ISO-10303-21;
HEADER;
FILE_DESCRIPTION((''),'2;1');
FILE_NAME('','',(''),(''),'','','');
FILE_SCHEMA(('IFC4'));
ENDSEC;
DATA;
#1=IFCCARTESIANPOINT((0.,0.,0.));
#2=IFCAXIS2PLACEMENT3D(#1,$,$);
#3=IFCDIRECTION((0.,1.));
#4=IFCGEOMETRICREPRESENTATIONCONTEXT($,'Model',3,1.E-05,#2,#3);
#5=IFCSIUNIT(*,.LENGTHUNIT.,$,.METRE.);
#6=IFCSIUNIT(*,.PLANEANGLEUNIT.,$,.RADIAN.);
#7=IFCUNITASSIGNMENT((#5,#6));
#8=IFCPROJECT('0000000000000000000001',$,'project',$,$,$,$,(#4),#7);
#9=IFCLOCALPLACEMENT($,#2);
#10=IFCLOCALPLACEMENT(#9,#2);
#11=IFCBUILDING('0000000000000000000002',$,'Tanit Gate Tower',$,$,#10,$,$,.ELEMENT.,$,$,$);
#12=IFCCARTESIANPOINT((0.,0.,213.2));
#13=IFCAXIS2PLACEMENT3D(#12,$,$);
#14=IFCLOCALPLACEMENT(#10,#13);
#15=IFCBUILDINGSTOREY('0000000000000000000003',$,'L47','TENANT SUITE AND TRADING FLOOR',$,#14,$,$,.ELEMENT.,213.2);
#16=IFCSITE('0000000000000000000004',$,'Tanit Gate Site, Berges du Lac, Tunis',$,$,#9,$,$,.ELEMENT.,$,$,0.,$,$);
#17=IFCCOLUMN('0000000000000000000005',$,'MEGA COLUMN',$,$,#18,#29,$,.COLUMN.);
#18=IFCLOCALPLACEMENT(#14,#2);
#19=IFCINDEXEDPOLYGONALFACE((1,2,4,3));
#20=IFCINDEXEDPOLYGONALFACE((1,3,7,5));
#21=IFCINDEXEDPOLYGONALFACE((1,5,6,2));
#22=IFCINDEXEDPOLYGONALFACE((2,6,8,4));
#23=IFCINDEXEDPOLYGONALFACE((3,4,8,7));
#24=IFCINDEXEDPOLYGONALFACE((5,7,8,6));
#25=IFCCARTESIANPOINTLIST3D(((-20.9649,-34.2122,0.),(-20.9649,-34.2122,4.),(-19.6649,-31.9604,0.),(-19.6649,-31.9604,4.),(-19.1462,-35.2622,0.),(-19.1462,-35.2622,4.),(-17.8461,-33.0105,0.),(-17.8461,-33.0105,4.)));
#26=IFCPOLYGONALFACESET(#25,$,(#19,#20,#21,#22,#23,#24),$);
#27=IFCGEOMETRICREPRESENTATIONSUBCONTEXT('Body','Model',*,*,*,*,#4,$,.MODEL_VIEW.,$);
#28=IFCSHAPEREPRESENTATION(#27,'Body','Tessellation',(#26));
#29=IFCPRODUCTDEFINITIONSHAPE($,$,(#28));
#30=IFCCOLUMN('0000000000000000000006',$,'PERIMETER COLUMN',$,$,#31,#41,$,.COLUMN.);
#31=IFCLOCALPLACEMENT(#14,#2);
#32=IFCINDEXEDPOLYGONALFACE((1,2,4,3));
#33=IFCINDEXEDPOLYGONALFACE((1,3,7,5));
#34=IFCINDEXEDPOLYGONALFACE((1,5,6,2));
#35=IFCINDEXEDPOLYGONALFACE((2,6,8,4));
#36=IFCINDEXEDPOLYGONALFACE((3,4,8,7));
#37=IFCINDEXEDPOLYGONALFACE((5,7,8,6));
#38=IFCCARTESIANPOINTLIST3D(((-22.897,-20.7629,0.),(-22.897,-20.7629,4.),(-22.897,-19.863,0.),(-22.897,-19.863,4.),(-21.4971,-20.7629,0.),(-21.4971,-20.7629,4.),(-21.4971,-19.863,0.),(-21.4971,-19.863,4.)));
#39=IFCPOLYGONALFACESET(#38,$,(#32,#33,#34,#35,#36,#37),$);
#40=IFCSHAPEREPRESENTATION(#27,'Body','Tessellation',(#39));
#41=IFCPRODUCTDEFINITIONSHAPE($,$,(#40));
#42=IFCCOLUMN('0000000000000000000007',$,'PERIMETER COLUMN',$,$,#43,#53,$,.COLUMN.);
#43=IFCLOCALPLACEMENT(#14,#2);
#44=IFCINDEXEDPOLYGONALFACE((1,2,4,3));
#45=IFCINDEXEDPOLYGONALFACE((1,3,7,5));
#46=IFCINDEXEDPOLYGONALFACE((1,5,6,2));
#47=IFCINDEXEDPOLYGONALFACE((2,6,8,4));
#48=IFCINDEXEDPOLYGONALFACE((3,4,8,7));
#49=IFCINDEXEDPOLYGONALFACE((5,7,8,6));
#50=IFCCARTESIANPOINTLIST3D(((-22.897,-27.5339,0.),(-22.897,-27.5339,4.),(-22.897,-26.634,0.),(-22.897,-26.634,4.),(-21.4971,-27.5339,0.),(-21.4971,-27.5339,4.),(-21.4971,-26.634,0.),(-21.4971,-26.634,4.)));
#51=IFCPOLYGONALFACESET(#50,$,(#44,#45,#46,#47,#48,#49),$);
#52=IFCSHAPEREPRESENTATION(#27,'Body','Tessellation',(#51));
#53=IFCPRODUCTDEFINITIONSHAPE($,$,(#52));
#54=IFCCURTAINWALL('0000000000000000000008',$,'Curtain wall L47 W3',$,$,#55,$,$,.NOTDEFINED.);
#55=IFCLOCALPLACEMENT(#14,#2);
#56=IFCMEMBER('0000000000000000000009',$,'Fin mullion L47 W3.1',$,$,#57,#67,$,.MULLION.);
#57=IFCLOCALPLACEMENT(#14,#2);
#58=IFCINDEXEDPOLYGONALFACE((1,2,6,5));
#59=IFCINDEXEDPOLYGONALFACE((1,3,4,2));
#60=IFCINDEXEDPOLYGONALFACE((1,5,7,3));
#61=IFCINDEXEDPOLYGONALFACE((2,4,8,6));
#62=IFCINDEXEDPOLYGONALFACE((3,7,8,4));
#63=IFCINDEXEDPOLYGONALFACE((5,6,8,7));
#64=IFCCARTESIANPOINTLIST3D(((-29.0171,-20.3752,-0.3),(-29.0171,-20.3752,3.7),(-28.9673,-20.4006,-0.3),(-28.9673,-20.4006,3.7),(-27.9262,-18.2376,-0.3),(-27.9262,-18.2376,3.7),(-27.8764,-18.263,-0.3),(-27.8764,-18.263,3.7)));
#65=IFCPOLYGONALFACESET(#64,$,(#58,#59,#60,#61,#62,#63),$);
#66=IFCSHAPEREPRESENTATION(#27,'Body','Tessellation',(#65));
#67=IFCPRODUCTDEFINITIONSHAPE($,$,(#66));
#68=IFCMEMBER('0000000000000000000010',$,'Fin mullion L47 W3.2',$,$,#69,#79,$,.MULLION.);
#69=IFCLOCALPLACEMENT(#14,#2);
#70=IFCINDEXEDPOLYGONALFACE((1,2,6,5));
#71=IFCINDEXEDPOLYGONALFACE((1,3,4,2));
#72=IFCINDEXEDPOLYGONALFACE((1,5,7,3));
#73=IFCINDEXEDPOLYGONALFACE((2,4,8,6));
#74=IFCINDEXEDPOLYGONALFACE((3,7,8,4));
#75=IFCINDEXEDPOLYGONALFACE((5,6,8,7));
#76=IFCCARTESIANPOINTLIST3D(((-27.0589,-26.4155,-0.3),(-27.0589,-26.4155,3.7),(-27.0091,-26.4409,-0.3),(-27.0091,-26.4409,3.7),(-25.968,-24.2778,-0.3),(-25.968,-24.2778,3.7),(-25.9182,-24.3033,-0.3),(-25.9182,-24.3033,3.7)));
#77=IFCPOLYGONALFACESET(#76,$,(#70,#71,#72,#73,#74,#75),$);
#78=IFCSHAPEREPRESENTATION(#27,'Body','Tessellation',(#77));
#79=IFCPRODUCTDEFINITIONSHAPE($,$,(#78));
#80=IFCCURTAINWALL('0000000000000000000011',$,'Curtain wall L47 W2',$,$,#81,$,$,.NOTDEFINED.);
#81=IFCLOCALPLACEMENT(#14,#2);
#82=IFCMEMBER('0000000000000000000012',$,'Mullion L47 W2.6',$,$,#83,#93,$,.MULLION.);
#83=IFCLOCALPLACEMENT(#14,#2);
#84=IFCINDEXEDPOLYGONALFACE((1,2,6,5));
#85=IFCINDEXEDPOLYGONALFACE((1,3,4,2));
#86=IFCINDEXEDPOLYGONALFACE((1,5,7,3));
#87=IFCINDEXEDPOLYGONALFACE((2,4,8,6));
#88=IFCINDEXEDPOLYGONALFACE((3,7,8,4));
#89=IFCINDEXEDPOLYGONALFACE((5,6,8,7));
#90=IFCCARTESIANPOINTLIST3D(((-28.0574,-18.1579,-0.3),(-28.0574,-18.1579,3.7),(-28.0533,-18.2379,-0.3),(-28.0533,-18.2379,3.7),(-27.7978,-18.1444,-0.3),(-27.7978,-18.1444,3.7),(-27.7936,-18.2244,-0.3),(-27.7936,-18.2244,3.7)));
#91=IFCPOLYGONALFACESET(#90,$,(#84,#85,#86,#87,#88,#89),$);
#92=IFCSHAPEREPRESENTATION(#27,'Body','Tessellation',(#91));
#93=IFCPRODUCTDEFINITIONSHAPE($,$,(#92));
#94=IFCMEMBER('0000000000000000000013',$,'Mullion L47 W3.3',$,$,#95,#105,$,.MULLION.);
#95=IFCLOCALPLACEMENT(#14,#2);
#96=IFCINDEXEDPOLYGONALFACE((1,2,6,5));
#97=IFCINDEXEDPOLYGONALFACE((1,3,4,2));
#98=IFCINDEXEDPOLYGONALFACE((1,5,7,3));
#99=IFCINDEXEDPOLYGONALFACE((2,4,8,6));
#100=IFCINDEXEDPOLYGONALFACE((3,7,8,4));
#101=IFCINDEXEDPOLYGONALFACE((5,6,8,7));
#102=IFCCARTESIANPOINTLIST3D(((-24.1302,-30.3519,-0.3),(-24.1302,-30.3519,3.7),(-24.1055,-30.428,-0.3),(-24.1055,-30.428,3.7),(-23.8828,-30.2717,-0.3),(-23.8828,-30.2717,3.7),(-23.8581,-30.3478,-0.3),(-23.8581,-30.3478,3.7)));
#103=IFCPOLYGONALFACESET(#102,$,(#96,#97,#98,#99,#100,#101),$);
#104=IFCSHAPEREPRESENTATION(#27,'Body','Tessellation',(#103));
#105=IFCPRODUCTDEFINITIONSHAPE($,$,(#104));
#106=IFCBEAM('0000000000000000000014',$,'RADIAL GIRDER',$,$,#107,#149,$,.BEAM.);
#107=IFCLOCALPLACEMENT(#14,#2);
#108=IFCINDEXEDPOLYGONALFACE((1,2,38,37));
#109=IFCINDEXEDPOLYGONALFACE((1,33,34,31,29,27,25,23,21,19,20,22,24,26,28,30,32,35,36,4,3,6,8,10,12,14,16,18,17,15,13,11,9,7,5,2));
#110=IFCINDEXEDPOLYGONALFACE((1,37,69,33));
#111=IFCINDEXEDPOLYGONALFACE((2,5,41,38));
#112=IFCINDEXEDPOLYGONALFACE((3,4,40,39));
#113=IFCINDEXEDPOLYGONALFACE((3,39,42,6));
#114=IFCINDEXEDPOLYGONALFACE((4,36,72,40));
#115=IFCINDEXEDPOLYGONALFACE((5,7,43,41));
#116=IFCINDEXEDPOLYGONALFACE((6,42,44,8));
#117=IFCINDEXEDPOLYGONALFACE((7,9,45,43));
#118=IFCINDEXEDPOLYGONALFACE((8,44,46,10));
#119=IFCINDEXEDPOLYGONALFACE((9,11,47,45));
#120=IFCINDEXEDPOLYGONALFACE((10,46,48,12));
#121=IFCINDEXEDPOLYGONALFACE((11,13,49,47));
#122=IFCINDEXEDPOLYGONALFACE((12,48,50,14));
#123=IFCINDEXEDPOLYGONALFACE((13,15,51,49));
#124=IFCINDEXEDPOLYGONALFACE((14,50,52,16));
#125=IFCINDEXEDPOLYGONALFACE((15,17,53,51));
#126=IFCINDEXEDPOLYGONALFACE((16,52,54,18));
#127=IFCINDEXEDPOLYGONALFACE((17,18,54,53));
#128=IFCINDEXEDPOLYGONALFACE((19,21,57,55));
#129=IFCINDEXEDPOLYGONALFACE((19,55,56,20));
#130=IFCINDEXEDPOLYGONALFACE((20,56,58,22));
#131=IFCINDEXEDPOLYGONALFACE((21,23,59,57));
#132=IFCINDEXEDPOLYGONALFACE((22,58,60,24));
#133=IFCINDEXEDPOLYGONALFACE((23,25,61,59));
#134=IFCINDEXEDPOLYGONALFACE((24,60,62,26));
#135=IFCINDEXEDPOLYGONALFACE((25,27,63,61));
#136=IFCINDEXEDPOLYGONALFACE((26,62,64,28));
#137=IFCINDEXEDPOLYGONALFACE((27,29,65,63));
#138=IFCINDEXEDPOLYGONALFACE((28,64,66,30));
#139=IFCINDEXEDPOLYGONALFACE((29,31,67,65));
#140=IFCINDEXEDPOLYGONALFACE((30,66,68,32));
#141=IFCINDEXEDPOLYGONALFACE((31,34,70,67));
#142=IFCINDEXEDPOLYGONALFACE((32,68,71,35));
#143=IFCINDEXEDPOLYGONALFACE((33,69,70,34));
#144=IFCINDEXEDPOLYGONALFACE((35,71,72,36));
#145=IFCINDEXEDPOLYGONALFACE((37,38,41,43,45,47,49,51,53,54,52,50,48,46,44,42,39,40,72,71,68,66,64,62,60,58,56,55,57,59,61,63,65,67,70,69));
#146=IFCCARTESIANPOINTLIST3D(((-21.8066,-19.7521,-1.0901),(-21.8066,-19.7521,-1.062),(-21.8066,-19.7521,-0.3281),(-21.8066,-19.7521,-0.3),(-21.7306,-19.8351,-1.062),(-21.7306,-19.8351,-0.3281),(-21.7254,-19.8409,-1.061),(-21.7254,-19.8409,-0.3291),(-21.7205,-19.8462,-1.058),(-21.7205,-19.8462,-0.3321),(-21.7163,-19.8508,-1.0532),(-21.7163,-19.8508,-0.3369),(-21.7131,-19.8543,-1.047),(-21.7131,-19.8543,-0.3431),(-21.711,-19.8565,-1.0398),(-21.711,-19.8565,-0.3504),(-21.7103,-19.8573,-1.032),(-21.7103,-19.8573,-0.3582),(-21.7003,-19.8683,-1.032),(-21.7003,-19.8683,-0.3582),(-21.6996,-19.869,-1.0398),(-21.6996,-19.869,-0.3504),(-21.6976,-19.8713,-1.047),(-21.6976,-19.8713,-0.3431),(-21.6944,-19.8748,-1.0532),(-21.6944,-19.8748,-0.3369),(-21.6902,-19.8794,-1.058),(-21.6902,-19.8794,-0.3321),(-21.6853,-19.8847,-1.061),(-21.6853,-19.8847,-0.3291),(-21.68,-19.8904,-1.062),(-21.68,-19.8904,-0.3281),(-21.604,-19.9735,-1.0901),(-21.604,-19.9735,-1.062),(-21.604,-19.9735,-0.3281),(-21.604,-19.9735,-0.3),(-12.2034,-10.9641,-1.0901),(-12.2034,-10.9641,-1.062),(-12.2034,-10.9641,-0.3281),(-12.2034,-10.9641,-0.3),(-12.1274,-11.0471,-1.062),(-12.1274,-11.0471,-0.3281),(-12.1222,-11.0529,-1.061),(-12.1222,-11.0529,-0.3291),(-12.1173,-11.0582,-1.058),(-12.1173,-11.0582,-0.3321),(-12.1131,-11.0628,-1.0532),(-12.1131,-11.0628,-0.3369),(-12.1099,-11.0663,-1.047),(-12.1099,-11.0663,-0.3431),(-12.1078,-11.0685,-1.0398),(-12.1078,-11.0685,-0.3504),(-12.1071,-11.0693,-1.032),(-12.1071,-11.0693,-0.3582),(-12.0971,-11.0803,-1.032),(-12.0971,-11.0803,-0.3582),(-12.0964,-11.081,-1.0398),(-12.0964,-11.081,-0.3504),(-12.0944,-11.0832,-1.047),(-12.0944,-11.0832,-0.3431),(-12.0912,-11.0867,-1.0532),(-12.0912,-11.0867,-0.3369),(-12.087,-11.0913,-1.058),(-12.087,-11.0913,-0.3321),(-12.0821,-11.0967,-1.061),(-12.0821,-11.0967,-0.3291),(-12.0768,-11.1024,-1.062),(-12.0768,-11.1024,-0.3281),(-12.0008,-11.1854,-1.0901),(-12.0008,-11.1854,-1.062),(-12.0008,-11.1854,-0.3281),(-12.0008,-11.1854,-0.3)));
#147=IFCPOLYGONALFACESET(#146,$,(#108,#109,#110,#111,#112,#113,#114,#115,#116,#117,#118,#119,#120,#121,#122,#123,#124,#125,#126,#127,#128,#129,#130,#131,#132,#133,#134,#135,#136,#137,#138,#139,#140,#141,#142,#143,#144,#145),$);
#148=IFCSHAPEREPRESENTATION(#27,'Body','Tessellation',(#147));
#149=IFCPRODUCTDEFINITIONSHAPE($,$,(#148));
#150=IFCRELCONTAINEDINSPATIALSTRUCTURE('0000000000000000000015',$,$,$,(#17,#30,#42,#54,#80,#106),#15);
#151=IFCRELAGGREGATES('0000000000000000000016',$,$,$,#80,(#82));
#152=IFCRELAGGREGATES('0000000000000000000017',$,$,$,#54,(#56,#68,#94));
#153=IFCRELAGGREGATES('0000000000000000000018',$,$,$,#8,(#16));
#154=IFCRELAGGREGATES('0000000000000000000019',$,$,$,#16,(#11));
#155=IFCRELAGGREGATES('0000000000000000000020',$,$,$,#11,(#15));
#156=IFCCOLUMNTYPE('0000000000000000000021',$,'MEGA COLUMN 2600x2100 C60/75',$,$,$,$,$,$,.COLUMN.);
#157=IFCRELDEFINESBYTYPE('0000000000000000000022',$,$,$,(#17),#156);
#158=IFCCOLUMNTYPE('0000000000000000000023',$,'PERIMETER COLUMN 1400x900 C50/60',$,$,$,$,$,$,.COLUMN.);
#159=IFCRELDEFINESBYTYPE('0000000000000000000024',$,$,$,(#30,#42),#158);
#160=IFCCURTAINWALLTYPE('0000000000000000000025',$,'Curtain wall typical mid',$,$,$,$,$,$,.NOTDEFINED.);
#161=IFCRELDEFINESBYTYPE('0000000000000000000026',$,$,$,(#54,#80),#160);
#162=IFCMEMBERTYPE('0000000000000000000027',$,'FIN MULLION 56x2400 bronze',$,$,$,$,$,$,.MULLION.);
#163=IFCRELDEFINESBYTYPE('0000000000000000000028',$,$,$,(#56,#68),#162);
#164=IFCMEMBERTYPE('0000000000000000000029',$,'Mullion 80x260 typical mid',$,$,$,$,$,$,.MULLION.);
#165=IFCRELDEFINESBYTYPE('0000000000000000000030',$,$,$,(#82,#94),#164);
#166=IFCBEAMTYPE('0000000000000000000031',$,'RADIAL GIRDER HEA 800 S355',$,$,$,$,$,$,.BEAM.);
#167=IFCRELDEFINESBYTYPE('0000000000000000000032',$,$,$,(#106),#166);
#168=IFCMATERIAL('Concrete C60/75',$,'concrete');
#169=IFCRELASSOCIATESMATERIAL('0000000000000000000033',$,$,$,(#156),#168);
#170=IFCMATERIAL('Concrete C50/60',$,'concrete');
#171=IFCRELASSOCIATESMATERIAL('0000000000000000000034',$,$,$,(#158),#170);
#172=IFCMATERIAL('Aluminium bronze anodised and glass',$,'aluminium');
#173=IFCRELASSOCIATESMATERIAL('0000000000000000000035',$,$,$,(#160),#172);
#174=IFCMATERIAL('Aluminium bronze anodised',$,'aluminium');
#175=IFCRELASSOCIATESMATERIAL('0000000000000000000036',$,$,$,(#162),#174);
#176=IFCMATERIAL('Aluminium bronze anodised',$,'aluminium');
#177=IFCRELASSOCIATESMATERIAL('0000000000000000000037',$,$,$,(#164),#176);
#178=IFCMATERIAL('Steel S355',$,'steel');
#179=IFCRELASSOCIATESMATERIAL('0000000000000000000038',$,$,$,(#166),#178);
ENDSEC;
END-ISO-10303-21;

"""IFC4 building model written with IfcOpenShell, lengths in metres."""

from ifc_helpers import new_model, si_unit, direction, frame, origin, origin_2d, place, context, subcontext, project, spatial, rectangle, i_section, extrude, material, material_profile, profile_set, type_object, element, aggregate, save


model = new_model("IFC4")

# Units and contexts
model_context = context("Model", 3, precision=1e-05, world=origin(), true_north=direction((0.0, 1.0)))
body_context = subcontext(model_context, "Body", "Model", "MODEL_VIEW")
ifc_project = project(units=[si_unit("LENGTHUNIT", "METRE"), si_unit("PLANEANGLEUNIT", "RADIAN")], contexts=[model_context])

# Site, building, storey
site_placement = place(None, origin())
site = spatial("IfcSite", under=ifc_project, at=site_placement, Name="Tanit Gate Site, Berges du Lac, Tunis", CompositionType="ELEMENT", RefElevation=0.0)
building_placement = place(site_placement, origin())
building = spatial("IfcBuilding", under=site, at=building_placement, Name="Tanit Gate Tower", CompositionType="ELEMENT")
storey_placement = place(building_placement, frame((0.0, 0.0, 213.2)))
storey = spatial("IfcBuildingStorey", under=building, at=storey_placement, Name="L47", Description="TENANT SUITE AND TRADING FLOOR", CompositionType="ELEMENT", Elevation=213.2)

# Columns
ifc_material_1 = material(Name="Concrete C60/75", Category="concrete")
ifc_material_profile_1 = material_profile(ifc_material_1, rectangle(XDim=2.6001, YDim=2.1001, at=origin_2d()), Name="RC 2600x2100")
ifc_profile_set_1 = profile_set([ifc_material_profile_1], Name="Concrete C60/75")
column_type_1 = type_object("IfcColumnType", Name="MEGA COLUMN 2600x2100 C60/75", PredefinedType="COLUMN", material=ifc_profile_set_1)
column_placement = place(storey_placement, frame((-19.4055, -33.6113, 0.0), z_axis=(0.0, 0.0, 1.0), x_axis=(-0.5, -0.866025, 0.0)))
element("IfcColumn", 1, at=column_placement, inside=storey, type_object=column_type_1, Name="MEGA COLUMN", PredefinedType="COLUMN", context=body_context, shape_type="SweptSolid", body=[
    extrude(rectangle(XDim=2.6001, YDim=2.1001, at=origin_2d()), origin(), (0.0, 0.0, 1.0), 4.0),
])
ifc_material_2 = material(Name="Concrete C50/60", Category="concrete")
ifc_material_profile_2 = material_profile(ifc_material_2, rectangle(XDim=1.3999, YDim=0.8999, at=origin_2d()), Name="RC 1400x900")
ifc_profile_set_2 = profile_set([ifc_material_profile_2], Name="Concrete C50/60")
column_type_2 = type_object("IfcColumnType", Name="PERIMETER COLUMN 1400x900 C50/60", PredefinedType="COLUMN", material=ifc_profile_set_2)
for number, where, z_axis, x_axis, name in (
    (2, (-22.197, -20.313, 0.0), (0.0, 0.0, 1.0), (-1.0, 0.0, 0.0), "PERIMETER COLUMN"),
    (3, (-22.197, -27.084, 0.0), (0.0, 0.0, 1.0), (-1.0, 0.0, 0.0), "PERIMETER COLUMN"),
):
    element("IfcColumn", number, at=place(storey_placement, frame(where, z_axis=z_axis, x_axis=x_axis)), inside=storey, type_object=column_type_2, Name=name, PredefinedType="COLUMN", context=body_context, shape_type="SweptSolid", body=[
        extrude(rectangle(XDim=1.3999, YDim=0.8999, at=origin_2d()), origin(), (0.0, 0.0, 1.0), 4.0),
    ])

# Curtain wall, members
ifc_material_3 = material(Name="Aluminium bronze anodised and glass", Category="aluminium")
curtain_wall_type = type_object("IfcCurtainWallType", Name="Curtain wall typical mid", PredefinedType="NOTDEFINED", material=ifc_material_3)
curtain_wall_1_placement = place(storey_placement, origin())
curtain_wall_1 = element("IfcCurtainWall", 4, at=curtain_wall_1_placement, inside=storey, type_object=curtain_wall_type, Name="Curtain wall L47 W3", PredefinedType="NOTDEFINED")
ifc_material_4 = material(Name="Aluminium bronze anodised", Category="aluminium")
ifc_material_profile_3 = material_profile(ifc_material_4, rectangle(XDim=2.3999, YDim=0.0559, at=origin_2d()), Name="56x2400 bronze fin mullion")
ifc_profile_set_3 = profile_set([ifc_material_profile_3], Name="Aluminium bronze anodised")
member_type_1 = type_object("IfcMemberType", Name="FIN MULLION 56x2400 bronze", PredefinedType="MULLION", material=ifc_profile_set_3)
member_1_placement = place(storey_placement, frame((-28.4468, -19.3191, -0.3), z_axis=(0.0, 0.0, 1.0), x_axis=(0.454551, 0.890721, 0.0)))
member_1 = element("IfcMember", 5, at=member_1_placement, type_object=member_type_1, Name="Fin mullion L47 W3.1", PredefinedType="MULLION", context=body_context, shape_type="SweptSolid", body=[
    extrude(rectangle(XDim=2.3999, YDim=0.0559, at=origin_2d()), origin(), (0.0, 0.0, 1.0), 4.0),
])
member_2_placement = place(storey_placement, frame((-26.4885, -25.3594, -0.3), z_axis=(0.0, 0.0, 1.0), x_axis=(0.454551, 0.890721, 0.0)))
member_2 = element("IfcMember", 6, at=member_2_placement, type_object=member_type_1, Name="Fin mullion L47 W3.2", PredefinedType="MULLION", context=body_context, shape_type="SweptSolid", body=[
    extrude(rectangle(XDim=2.3999, YDim=0.0559, at=origin_2d()), origin(), (0.0, 0.0, 1.0), 4.0),
])

# Curtain wall, member
curtain_wall_2_placement = place(storey_placement, origin())
curtain_wall_2 = element("IfcCurtainWall", 7, at=curtain_wall_2_placement, inside=storey, type_object=curtain_wall_type, Name="Curtain wall L47 W2", PredefinedType="NOTDEFINED")
ifc_material_5 = material(Name="Aluminium bronze anodised", Category="aluminium")
ifc_material_profile_4 = material_profile(ifc_material_5, rectangle(XDim=0.26, YDim=0.0801, at=origin_2d()), Name="80x260 bronze mullion")
ifc_profile_set_4 = profile_set([ifc_material_profile_4], Name="Aluminium bronze anodised")
member_type_2 = type_object("IfcMemberType", Name="Mullion 80x260 typical mid", PredefinedType="MULLION", material=ifc_profile_set_4)
member_3_placement = place(storey_placement, frame((-27.9255, -18.1912, -0.3), z_axis=(0.0, 0.0, 1.0), x_axis=(0.998647, 0.052003, 0.0)))
member_3 = element("IfcMember", 8, at=member_3_placement, type_object=member_type_2, Name="Mullion L47 W2.6", PredefinedType="MULLION", context=body_context, shape_type="SweptSolid", body=[
    extrude(rectangle(XDim=0.26, YDim=0.0801, at=origin_2d()), origin(), (0.0, 0.0, 1.0), 4.0),
])
aggregate(curtain_wall_2, [member_3])

# Member
member_4_placement = place(storey_placement, frame((-23.9941, -30.3499, -0.3), z_axis=(0.0, 0.0, 1.0), x_axis=(0.951251, 0.308419, 0.0)))
member_4 = element("IfcMember", 9, at=member_4_placement, type_object=member_type_2, Name="Mullion L47 W3.3", PredefinedType="MULLION", context=body_context, shape_type="SweptSolid", body=[
    extrude(rectangle(XDim=0.26, YDim=0.0801, at=origin_2d()), origin(), (0.0, 0.0, 1.0), 4.0),
])

# Beam
ifc_material_6 = material(Name="Steel S355", Category="steel")
ifc_material_profile_5 = material_profile(ifc_material_6, i_section(OverallWidth=0.3, OverallDepth=0.79, WebThickness=0.0149, FlangeThickness=0.0281, FilletRadius=0.03, at=origin_2d()), Name="HEA 800")
ifc_profile_set_5 = profile_set([ifc_material_profile_5], Name="Steel S355")
beam_type_1 = type_object("IfcBeamType", Name="RADIAL GIRDER HEA 800 S355", PredefinedType="BEAM", material=ifc_profile_set_5)
beam_1_placement = place(storey_placement, frame((-21.7053, -19.8628, -0.6951), z_axis=(0.737725, 0.675102, 0.0), x_axis=(-0.675102, 0.737725, 0.0)))
element("IfcBeam", 10, at=beam_1_placement, inside=storey, type_object=beam_type_1, Name="RADIAL GIRDER", PredefinedType="BEAM", context=body_context, shape_type="SweptSolid", body=[
    extrude(i_section(OverallWidth=0.3, OverallDepth=0.79, WebThickness=0.0149, FlangeThickness=0.0281, FilletRadius=0.03, at=origin_2d()), origin(), (0.0, 0.0, 1.0), 13.0173),
])

aggregate(curtain_wall_1, [member_1, member_2, member_4])

save(model, "model.ifc")
